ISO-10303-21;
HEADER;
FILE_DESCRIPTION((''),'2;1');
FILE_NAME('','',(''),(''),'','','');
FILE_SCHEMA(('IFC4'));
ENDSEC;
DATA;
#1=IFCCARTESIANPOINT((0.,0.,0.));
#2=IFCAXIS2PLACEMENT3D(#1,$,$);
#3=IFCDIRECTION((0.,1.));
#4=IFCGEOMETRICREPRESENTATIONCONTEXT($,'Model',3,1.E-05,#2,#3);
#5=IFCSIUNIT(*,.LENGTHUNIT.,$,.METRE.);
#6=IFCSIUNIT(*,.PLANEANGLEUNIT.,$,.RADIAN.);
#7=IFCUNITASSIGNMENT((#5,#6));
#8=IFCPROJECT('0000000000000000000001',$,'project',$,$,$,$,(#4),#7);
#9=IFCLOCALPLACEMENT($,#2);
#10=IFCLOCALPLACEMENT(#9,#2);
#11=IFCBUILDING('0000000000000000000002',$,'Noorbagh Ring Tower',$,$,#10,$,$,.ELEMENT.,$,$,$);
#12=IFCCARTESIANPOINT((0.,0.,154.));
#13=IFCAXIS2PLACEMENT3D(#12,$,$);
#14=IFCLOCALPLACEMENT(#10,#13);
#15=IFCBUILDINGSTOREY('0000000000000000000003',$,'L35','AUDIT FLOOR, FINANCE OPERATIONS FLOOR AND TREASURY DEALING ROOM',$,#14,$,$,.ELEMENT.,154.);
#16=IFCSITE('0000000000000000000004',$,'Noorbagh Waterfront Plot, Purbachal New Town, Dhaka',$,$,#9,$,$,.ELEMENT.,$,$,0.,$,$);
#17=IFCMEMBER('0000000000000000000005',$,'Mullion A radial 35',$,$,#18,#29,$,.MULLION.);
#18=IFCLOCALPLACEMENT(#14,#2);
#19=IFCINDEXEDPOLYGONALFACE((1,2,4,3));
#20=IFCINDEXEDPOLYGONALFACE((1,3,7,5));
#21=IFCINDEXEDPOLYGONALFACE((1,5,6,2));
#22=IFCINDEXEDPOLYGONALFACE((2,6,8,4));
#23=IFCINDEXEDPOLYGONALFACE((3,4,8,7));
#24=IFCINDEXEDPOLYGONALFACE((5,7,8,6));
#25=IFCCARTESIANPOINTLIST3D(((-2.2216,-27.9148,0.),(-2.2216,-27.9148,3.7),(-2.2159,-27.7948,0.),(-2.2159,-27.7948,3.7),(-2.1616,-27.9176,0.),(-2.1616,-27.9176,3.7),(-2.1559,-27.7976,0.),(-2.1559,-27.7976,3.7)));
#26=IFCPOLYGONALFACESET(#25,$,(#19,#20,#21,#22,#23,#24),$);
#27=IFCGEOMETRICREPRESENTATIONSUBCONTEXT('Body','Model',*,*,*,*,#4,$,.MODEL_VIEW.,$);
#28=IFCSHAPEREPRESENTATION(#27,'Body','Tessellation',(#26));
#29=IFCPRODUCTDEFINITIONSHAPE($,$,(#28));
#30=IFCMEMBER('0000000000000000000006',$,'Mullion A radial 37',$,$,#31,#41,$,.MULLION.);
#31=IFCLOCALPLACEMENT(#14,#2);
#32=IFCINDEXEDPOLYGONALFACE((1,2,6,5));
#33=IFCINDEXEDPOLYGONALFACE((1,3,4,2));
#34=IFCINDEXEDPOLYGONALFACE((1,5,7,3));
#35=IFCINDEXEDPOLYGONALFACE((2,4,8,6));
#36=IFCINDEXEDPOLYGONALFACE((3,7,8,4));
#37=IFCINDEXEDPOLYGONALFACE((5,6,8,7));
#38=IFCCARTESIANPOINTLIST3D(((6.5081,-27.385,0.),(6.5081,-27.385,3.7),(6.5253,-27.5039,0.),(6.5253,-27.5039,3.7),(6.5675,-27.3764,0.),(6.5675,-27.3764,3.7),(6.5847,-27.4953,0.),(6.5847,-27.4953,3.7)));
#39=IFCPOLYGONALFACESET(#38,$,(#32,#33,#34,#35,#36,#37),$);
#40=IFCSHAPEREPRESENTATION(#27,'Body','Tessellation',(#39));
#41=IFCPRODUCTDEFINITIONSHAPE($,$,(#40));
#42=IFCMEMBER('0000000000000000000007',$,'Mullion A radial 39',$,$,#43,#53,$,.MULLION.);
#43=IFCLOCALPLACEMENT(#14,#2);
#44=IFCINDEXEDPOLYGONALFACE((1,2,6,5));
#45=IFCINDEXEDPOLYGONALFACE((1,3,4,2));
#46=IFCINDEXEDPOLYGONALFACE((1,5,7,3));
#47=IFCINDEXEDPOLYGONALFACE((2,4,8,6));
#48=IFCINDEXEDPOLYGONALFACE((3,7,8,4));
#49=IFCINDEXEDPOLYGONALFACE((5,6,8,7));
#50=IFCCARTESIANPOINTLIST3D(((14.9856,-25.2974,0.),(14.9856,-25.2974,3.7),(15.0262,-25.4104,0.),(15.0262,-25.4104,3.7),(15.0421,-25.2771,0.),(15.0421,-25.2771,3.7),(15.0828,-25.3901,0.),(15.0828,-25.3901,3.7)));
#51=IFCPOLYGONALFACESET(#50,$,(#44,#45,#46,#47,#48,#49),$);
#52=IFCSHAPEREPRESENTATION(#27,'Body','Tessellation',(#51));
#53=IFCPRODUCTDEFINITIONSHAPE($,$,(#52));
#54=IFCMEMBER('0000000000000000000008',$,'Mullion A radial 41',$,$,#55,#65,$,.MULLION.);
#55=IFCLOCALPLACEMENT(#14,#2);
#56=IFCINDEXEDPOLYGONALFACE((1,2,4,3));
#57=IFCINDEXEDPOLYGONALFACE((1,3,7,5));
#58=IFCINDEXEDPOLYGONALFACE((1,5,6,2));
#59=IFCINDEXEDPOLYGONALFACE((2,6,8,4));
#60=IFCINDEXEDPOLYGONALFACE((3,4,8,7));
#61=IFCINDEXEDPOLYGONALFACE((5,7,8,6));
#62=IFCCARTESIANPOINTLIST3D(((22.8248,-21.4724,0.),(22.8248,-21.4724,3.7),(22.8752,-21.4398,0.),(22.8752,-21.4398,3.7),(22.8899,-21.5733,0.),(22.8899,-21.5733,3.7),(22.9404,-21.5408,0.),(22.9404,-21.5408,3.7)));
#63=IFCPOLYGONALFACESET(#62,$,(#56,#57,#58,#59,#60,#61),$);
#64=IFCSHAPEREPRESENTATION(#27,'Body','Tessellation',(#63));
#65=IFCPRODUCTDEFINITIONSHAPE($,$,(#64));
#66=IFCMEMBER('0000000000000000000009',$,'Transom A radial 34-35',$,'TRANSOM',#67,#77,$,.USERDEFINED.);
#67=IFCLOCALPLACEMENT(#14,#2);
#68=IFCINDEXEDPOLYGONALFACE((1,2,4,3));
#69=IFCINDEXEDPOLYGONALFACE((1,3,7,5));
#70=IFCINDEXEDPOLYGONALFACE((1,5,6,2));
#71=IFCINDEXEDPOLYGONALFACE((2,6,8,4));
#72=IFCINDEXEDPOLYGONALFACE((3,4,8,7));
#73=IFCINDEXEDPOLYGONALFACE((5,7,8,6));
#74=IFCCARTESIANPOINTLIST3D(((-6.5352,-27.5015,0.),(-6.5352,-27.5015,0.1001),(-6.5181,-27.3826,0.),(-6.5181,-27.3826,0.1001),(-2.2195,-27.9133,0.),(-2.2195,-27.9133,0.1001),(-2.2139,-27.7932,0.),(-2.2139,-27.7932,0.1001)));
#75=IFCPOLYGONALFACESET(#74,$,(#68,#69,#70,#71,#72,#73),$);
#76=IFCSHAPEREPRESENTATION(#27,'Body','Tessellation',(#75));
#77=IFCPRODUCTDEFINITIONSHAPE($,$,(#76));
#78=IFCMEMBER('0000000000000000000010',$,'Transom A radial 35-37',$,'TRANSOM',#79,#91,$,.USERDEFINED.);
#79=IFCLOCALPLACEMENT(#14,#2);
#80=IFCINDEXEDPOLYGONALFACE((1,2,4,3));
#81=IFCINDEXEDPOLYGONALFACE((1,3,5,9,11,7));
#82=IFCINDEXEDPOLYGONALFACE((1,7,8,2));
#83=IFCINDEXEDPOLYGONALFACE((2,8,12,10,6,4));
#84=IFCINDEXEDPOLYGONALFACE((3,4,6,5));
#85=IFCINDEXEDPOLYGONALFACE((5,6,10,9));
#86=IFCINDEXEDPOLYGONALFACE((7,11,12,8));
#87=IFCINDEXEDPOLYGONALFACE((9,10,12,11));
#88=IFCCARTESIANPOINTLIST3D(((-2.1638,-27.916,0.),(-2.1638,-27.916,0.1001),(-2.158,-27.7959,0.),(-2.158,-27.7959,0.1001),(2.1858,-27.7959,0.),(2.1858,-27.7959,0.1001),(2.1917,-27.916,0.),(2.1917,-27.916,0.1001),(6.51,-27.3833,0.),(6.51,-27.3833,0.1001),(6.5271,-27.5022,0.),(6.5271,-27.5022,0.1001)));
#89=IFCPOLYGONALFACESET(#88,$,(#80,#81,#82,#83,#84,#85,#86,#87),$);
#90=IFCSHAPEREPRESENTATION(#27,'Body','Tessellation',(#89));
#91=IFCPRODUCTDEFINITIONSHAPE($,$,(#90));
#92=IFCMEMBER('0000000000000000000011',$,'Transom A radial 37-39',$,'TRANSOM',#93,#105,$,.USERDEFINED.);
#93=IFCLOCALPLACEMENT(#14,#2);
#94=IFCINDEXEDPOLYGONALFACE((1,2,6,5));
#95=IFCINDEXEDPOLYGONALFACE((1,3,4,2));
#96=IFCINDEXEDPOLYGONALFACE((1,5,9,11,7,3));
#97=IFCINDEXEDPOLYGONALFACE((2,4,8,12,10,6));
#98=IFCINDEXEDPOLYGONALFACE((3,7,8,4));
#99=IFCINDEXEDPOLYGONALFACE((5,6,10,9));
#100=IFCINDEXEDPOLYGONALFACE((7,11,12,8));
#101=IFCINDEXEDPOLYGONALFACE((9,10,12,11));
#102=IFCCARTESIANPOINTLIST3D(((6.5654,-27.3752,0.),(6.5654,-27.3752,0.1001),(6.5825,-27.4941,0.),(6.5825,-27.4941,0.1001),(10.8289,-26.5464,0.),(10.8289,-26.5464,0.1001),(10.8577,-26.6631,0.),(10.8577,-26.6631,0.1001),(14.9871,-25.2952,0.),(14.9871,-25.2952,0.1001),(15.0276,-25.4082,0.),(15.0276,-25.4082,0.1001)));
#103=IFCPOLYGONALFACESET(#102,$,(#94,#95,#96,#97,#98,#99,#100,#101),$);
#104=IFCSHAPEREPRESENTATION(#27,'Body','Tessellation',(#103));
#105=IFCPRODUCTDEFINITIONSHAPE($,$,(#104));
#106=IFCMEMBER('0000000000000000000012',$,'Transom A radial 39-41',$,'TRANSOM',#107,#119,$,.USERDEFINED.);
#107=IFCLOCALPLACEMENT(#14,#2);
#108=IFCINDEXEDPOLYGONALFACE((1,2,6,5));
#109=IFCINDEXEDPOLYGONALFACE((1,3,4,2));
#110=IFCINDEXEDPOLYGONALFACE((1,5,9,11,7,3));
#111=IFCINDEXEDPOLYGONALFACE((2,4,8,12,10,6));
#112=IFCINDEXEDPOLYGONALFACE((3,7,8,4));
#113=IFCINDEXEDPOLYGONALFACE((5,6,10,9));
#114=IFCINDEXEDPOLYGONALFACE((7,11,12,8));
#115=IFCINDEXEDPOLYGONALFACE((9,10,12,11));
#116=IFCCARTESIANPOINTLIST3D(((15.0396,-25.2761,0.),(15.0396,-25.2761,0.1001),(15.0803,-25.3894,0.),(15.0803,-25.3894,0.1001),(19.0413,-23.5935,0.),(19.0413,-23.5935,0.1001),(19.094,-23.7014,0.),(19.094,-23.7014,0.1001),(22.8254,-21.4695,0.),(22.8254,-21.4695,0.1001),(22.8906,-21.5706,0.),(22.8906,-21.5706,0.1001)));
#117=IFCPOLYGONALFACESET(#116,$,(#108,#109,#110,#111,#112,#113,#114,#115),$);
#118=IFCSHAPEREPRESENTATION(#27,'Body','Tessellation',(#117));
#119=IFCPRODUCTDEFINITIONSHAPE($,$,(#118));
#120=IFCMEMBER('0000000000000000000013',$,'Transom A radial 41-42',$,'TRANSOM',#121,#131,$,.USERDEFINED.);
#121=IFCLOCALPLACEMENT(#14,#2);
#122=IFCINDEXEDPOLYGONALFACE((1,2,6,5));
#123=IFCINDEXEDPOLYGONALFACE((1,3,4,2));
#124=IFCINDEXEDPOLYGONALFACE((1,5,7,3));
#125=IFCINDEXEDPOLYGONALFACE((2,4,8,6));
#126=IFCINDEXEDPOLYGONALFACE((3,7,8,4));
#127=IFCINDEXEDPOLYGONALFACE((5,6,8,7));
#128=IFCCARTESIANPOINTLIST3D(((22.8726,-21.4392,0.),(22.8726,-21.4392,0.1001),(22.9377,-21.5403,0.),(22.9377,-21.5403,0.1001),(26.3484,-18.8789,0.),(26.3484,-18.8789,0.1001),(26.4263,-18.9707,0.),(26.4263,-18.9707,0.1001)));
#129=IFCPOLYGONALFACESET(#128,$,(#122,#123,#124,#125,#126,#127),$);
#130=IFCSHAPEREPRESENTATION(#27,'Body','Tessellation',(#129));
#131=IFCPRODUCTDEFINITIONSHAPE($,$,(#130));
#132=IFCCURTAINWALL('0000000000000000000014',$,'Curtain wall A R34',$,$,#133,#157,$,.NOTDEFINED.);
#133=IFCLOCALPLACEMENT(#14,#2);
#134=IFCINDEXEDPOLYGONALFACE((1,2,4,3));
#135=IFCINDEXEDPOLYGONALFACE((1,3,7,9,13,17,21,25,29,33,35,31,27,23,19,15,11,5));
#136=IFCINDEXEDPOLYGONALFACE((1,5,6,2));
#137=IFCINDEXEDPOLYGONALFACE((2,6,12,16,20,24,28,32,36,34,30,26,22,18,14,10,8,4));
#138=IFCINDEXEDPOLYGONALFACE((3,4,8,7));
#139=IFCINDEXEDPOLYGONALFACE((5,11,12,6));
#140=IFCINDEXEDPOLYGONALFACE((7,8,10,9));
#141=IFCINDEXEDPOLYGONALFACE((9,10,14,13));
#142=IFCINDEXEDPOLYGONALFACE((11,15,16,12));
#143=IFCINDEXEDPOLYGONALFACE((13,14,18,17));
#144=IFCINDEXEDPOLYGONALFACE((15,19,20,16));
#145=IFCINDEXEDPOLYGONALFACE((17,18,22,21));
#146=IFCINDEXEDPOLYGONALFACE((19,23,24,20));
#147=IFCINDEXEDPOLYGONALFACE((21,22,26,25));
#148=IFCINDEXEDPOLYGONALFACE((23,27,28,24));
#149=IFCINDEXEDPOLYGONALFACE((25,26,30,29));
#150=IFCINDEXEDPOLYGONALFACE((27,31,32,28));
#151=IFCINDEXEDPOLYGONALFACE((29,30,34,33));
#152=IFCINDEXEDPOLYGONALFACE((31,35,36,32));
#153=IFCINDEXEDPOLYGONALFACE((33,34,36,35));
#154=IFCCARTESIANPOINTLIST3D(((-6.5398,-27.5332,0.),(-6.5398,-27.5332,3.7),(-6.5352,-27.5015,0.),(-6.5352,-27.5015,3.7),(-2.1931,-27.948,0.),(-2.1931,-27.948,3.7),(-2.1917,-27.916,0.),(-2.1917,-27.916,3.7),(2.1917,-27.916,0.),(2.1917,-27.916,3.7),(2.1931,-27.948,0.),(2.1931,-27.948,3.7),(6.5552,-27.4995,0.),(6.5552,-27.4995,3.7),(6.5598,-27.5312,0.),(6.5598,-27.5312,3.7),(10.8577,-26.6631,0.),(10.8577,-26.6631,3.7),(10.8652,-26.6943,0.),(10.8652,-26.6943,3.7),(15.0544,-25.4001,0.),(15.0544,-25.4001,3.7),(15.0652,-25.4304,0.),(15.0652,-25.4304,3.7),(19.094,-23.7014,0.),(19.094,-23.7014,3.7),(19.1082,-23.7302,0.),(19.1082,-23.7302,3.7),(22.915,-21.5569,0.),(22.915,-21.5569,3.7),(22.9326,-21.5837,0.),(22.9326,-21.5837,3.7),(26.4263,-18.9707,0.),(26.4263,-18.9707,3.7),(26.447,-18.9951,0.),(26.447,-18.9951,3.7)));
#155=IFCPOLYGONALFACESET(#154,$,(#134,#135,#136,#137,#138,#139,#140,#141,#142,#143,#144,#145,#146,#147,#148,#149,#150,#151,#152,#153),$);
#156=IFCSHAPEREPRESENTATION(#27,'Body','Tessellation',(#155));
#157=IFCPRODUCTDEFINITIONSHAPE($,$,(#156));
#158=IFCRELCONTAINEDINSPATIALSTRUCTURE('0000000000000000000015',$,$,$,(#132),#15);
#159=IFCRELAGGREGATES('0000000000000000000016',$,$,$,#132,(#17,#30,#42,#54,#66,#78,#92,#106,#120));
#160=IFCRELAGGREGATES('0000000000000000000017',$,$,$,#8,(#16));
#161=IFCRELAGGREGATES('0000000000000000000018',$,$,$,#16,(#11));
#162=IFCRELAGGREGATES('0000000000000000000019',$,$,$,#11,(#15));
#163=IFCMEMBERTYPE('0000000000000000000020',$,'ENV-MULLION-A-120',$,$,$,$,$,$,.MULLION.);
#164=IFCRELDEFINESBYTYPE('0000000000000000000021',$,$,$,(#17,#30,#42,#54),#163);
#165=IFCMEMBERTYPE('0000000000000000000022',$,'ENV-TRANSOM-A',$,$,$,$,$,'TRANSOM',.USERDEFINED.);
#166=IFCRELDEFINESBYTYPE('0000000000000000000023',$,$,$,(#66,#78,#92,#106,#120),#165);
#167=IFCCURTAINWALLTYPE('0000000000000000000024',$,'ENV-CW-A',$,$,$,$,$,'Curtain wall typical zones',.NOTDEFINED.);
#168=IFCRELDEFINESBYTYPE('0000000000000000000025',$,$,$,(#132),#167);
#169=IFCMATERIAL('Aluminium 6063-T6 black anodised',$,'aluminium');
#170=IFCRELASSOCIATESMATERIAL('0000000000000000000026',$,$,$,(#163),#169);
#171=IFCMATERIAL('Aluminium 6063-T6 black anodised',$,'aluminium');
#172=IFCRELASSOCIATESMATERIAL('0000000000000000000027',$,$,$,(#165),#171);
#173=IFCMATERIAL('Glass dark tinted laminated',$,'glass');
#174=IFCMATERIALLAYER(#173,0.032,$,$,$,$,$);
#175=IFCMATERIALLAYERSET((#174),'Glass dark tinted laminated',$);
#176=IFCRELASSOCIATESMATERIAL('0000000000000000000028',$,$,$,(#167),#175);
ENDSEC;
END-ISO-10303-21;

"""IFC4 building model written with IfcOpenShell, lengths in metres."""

from ifc_helpers import new_model, si_unit, direction, frame, origin, origin_2d, place, context, subcontext, project, spatial, polyline, rectangle, outline, extrude, material, layer, layer_set, material_profile, profile_set, type_object, element, aggregate, save


model = new_model("IFC4")

# Units and contexts
model_context = context("Model", 3, precision=1e-05, world=origin(), true_north=direction((0.0, 1.0)))
body_context = subcontext(model_context, "Body", "Model", "MODEL_VIEW")
ifc_project = project(units=[si_unit("LENGTHUNIT", "METRE"), si_unit("PLANEANGLEUNIT", "RADIAN")], contexts=[model_context])

# Members
ifc_material_1 = material(Name="Aluminium 6063-T6 black anodised", Category="aluminium")
ifc_material_profile = material_profile(ifc_material_1, rectangle(XDim=0.1201, YDim=0.0601, at=origin_2d()), Name="120x60")
ifc_profile_set = profile_set([ifc_material_profile], Name="Aluminium 6063-T6 black anodised")
member_type_1 = type_object("IfcMemberType", Name="ENV-MULLION-A-120", PredefinedType="MULLION", material=ifc_profile_set)
site_placement = place(None, origin())
building_placement = place(site_placement, origin())
storey_placement = place(building_placement, frame((0.0, 0.0, 154.0)))
member_1_placement = place(storey_placement, frame((-2.1887, -27.8562, 0.0), z_axis=(0.0, 0.0, 1.0), x_axis=(0.047558, 0.998868, 0.0)))
member_1 = element("IfcMember", 1, at=member_1_placement, type_object=member_type_1, Name="Mullion A radial 35", PredefinedType="MULLION", context=body_context, shape_type="SweptSolid", body=[
    extrude(rectangle(XDim=0.1201, YDim=0.0601, at=origin_2d()), origin(), (0.0, 0.0, 1.0), 3.7),
])
member_2_placement = place(storey_placement, frame((6.5464, -27.4402, 0.0), z_axis=(0.0, 0.0, 1.0), x_axis=(-0.143082, 0.989711, 0.0)))
member_2 = element("IfcMember", 2, at=member_2_placement, type_object=member_type_1, Name="Mullion A radial 37", PredefinedType="MULLION", context=body_context, shape_type="SweptSolid", body=[
    extrude(rectangle(XDim=0.1201, YDim=0.0601, at=origin_2d()), origin(), (0.0, 0.0, 1.0), 3.7),
])
member_3_placement = place(storey_placement, frame((15.0342, -25.3438, 0.0), z_axis=(0.0, 0.0, 1.0), x_axis=(-0.338379, 0.94101, 0.0)))
member_3 = element("IfcMember", 3, at=member_3_placement, type_object=member_type_1, Name="Mullion A radial 39", PredefinedType="MULLION", context=body_context, shape_type="SweptSolid", body=[
    extrude(rectangle(XDim=0.1201, YDim=0.0601, at=origin_2d()), origin(), (0.0, 0.0, 1.0), 3.7),
])
member_4_placement = place(storey_placement, frame((22.8826, -21.5066, 0.0), z_axis=(0.0, 0.0, 1.0), x_axis=(-0.542279, 0.840198, 0.0)))
member_4 = element("IfcMember", 4, at=member_4_placement, type_object=member_type_1, Name="Mullion A radial 41", PredefinedType="MULLION", context=body_context, shape_type="SweptSolid", body=[
    extrude(rectangle(XDim=0.1201, YDim=0.0601, at=origin_2d()), origin(), (0.0, 0.0, 1.0), 3.7),
])
ifc_material_2 = material(Name="Aluminium 6063-T6 black anodised", Category="aluminium")
member_type_2 = type_object("IfcMemberType", Name="ENV-TRANSOM-A", ElementType="TRANSOM", PredefinedType="USERDEFINED", material=ifc_material_2)
member_5_placement = place(storey_placement, origin())
member_5 = element("IfcMember", 5, at=member_5_placement, type_object=member_type_2, Name="Transom A radial 34-35", ObjectType="TRANSOM", PredefinedType="USERDEFINED", context=body_context, shape_type="SweptSolid", body=[
    extrude(outline(polyline([(-6.5352, -27.5015), (-2.2195, -27.9133), (-2.2139, -27.7932), (-6.5181, -27.3826), (-6.5352, -27.5015)])), origin(), (0.0, 0.0, 1.0), 0.1001),
])
member_6_placement = place(storey_placement, origin())
member_6 = element("IfcMember", 6, at=member_6_placement, type_object=member_type_2, Name="Transom A radial 35-37", ObjectType="TRANSOM", PredefinedType="USERDEFINED", context=body_context, shape_type="SweptSolid", body=[
    extrude(outline(polyline([(-2.1638, -27.916), (2.1917, -27.916), (6.5271, -27.5022), (6.51, -27.3833), (2.1858, -27.7959), (-2.158, -27.7959), (-2.1638, -27.916)])), origin(), (0.0, 0.0, 1.0), 0.1001),
])
member_7_placement = place(storey_placement, origin())
member_7 = element("IfcMember", 7, at=member_7_placement, type_object=member_type_2, Name="Transom A radial 37-39", ObjectType="TRANSOM", PredefinedType="USERDEFINED", context=body_context, shape_type="SweptSolid", body=[
    extrude(outline(polyline([(6.5825, -27.4941), (10.8577, -26.6631), (15.0276, -25.4082), (14.9871, -25.2952), (10.8289, -26.5464), (6.5654, -27.3752), (6.5825, -27.4941)])), origin(), (0.0, 0.0, 1.0), 0.1001),
])
member_8_placement = place(storey_placement, origin())
member_8 = element("IfcMember", 8, at=member_8_placement, type_object=member_type_2, Name="Transom A radial 39-41", ObjectType="TRANSOM", PredefinedType="USERDEFINED", context=body_context, shape_type="SweptSolid", body=[
    extrude(outline(polyline([(15.0803, -25.3894), (19.094, -23.7014), (22.8906, -21.5706), (22.8254, -21.4695), (19.0413, -23.5935), (15.0396, -25.2761), (15.0803, -25.3894)])), origin(), (0.0, 0.0, 1.0), 0.1001),
])
member_9_placement = place(storey_placement, origin())
member_9 = element("IfcMember", 9, at=member_9_placement, type_object=member_type_2, Name="Transom A radial 41-42", ObjectType="TRANSOM", PredefinedType="USERDEFINED", context=body_context, shape_type="SweptSolid", body=[
    extrude(outline(polyline([(22.9377, -21.5403), (26.4263, -18.9707), (26.3484, -18.8789), (22.8726, -21.4392), (22.9377, -21.5403)])), origin(), (0.0, 0.0, 1.0), 0.1001),
])

# Site, building, storey
site = spatial("IfcSite", under=ifc_project, at=site_placement, Name="Noorbagh Waterfront Plot, Purbachal New Town, Dhaka", CompositionType="ELEMENT", RefElevation=0.0)
building = spatial("IfcBuilding", under=site, at=building_placement, Name="Noorbagh Ring Tower", CompositionType="ELEMENT")
storey = spatial("IfcBuildingStorey", under=building, at=storey_placement, Name="L35", Description="AUDIT FLOOR, FINANCE OPERATIONS FLOOR AND TREASURY DEALING ROOM", CompositionType="ELEMENT", Elevation=154.0)

# Curtain wall
ifc_material_3 = material(Name="Glass dark tinted laminated", Category="glass")
ifc_layer = layer(ifc_material_3, 0.032)
ifc_layer_set = layer_set([ifc_layer], Name="Glass dark tinted laminated")
curtain_wall_type = type_object("IfcCurtainWallType", Name="ENV-CW-A", ElementType="Curtain wall typical zones", PredefinedType="NOTDEFINED", material=ifc_layer_set)
curtain_wall_1_placement = place(storey_placement, origin())
curtain_wall_1 = element("IfcCurtainWall", 10, at=curtain_wall_1_placement, inside=storey, type_object=curtain_wall_type, Name="Curtain wall A R34", PredefinedType="NOTDEFINED", context=body_context, shape_type="SweptSolid", body=[
    extrude(outline(polyline([(-6.5398, -27.5332), (-2.1931, -27.948), (2.1931, -27.948), (6.5598, -27.5312), (10.8652, -26.6943), (15.0652, -25.4304), (19.1082, -23.7302), (22.9326, -21.5837), (26.447, -18.9951), (26.4263, -18.9707), (22.915, -21.5569), (19.094, -23.7014), (15.0544, -25.4001), (10.8577, -26.6631), (6.5552, -27.4995), (2.1917, -27.916), (-2.1917, -27.916), (-6.5352, -27.5015), (-6.5398, -27.5332)])), origin(), (0.0, 0.0, 1.0), 3.7),
])
aggregate(curtain_wall_1, [member_1, member_2, member_3, member_4, member_5, member_6, member_7, member_8, member_9])

save(model, "model.ifc")
